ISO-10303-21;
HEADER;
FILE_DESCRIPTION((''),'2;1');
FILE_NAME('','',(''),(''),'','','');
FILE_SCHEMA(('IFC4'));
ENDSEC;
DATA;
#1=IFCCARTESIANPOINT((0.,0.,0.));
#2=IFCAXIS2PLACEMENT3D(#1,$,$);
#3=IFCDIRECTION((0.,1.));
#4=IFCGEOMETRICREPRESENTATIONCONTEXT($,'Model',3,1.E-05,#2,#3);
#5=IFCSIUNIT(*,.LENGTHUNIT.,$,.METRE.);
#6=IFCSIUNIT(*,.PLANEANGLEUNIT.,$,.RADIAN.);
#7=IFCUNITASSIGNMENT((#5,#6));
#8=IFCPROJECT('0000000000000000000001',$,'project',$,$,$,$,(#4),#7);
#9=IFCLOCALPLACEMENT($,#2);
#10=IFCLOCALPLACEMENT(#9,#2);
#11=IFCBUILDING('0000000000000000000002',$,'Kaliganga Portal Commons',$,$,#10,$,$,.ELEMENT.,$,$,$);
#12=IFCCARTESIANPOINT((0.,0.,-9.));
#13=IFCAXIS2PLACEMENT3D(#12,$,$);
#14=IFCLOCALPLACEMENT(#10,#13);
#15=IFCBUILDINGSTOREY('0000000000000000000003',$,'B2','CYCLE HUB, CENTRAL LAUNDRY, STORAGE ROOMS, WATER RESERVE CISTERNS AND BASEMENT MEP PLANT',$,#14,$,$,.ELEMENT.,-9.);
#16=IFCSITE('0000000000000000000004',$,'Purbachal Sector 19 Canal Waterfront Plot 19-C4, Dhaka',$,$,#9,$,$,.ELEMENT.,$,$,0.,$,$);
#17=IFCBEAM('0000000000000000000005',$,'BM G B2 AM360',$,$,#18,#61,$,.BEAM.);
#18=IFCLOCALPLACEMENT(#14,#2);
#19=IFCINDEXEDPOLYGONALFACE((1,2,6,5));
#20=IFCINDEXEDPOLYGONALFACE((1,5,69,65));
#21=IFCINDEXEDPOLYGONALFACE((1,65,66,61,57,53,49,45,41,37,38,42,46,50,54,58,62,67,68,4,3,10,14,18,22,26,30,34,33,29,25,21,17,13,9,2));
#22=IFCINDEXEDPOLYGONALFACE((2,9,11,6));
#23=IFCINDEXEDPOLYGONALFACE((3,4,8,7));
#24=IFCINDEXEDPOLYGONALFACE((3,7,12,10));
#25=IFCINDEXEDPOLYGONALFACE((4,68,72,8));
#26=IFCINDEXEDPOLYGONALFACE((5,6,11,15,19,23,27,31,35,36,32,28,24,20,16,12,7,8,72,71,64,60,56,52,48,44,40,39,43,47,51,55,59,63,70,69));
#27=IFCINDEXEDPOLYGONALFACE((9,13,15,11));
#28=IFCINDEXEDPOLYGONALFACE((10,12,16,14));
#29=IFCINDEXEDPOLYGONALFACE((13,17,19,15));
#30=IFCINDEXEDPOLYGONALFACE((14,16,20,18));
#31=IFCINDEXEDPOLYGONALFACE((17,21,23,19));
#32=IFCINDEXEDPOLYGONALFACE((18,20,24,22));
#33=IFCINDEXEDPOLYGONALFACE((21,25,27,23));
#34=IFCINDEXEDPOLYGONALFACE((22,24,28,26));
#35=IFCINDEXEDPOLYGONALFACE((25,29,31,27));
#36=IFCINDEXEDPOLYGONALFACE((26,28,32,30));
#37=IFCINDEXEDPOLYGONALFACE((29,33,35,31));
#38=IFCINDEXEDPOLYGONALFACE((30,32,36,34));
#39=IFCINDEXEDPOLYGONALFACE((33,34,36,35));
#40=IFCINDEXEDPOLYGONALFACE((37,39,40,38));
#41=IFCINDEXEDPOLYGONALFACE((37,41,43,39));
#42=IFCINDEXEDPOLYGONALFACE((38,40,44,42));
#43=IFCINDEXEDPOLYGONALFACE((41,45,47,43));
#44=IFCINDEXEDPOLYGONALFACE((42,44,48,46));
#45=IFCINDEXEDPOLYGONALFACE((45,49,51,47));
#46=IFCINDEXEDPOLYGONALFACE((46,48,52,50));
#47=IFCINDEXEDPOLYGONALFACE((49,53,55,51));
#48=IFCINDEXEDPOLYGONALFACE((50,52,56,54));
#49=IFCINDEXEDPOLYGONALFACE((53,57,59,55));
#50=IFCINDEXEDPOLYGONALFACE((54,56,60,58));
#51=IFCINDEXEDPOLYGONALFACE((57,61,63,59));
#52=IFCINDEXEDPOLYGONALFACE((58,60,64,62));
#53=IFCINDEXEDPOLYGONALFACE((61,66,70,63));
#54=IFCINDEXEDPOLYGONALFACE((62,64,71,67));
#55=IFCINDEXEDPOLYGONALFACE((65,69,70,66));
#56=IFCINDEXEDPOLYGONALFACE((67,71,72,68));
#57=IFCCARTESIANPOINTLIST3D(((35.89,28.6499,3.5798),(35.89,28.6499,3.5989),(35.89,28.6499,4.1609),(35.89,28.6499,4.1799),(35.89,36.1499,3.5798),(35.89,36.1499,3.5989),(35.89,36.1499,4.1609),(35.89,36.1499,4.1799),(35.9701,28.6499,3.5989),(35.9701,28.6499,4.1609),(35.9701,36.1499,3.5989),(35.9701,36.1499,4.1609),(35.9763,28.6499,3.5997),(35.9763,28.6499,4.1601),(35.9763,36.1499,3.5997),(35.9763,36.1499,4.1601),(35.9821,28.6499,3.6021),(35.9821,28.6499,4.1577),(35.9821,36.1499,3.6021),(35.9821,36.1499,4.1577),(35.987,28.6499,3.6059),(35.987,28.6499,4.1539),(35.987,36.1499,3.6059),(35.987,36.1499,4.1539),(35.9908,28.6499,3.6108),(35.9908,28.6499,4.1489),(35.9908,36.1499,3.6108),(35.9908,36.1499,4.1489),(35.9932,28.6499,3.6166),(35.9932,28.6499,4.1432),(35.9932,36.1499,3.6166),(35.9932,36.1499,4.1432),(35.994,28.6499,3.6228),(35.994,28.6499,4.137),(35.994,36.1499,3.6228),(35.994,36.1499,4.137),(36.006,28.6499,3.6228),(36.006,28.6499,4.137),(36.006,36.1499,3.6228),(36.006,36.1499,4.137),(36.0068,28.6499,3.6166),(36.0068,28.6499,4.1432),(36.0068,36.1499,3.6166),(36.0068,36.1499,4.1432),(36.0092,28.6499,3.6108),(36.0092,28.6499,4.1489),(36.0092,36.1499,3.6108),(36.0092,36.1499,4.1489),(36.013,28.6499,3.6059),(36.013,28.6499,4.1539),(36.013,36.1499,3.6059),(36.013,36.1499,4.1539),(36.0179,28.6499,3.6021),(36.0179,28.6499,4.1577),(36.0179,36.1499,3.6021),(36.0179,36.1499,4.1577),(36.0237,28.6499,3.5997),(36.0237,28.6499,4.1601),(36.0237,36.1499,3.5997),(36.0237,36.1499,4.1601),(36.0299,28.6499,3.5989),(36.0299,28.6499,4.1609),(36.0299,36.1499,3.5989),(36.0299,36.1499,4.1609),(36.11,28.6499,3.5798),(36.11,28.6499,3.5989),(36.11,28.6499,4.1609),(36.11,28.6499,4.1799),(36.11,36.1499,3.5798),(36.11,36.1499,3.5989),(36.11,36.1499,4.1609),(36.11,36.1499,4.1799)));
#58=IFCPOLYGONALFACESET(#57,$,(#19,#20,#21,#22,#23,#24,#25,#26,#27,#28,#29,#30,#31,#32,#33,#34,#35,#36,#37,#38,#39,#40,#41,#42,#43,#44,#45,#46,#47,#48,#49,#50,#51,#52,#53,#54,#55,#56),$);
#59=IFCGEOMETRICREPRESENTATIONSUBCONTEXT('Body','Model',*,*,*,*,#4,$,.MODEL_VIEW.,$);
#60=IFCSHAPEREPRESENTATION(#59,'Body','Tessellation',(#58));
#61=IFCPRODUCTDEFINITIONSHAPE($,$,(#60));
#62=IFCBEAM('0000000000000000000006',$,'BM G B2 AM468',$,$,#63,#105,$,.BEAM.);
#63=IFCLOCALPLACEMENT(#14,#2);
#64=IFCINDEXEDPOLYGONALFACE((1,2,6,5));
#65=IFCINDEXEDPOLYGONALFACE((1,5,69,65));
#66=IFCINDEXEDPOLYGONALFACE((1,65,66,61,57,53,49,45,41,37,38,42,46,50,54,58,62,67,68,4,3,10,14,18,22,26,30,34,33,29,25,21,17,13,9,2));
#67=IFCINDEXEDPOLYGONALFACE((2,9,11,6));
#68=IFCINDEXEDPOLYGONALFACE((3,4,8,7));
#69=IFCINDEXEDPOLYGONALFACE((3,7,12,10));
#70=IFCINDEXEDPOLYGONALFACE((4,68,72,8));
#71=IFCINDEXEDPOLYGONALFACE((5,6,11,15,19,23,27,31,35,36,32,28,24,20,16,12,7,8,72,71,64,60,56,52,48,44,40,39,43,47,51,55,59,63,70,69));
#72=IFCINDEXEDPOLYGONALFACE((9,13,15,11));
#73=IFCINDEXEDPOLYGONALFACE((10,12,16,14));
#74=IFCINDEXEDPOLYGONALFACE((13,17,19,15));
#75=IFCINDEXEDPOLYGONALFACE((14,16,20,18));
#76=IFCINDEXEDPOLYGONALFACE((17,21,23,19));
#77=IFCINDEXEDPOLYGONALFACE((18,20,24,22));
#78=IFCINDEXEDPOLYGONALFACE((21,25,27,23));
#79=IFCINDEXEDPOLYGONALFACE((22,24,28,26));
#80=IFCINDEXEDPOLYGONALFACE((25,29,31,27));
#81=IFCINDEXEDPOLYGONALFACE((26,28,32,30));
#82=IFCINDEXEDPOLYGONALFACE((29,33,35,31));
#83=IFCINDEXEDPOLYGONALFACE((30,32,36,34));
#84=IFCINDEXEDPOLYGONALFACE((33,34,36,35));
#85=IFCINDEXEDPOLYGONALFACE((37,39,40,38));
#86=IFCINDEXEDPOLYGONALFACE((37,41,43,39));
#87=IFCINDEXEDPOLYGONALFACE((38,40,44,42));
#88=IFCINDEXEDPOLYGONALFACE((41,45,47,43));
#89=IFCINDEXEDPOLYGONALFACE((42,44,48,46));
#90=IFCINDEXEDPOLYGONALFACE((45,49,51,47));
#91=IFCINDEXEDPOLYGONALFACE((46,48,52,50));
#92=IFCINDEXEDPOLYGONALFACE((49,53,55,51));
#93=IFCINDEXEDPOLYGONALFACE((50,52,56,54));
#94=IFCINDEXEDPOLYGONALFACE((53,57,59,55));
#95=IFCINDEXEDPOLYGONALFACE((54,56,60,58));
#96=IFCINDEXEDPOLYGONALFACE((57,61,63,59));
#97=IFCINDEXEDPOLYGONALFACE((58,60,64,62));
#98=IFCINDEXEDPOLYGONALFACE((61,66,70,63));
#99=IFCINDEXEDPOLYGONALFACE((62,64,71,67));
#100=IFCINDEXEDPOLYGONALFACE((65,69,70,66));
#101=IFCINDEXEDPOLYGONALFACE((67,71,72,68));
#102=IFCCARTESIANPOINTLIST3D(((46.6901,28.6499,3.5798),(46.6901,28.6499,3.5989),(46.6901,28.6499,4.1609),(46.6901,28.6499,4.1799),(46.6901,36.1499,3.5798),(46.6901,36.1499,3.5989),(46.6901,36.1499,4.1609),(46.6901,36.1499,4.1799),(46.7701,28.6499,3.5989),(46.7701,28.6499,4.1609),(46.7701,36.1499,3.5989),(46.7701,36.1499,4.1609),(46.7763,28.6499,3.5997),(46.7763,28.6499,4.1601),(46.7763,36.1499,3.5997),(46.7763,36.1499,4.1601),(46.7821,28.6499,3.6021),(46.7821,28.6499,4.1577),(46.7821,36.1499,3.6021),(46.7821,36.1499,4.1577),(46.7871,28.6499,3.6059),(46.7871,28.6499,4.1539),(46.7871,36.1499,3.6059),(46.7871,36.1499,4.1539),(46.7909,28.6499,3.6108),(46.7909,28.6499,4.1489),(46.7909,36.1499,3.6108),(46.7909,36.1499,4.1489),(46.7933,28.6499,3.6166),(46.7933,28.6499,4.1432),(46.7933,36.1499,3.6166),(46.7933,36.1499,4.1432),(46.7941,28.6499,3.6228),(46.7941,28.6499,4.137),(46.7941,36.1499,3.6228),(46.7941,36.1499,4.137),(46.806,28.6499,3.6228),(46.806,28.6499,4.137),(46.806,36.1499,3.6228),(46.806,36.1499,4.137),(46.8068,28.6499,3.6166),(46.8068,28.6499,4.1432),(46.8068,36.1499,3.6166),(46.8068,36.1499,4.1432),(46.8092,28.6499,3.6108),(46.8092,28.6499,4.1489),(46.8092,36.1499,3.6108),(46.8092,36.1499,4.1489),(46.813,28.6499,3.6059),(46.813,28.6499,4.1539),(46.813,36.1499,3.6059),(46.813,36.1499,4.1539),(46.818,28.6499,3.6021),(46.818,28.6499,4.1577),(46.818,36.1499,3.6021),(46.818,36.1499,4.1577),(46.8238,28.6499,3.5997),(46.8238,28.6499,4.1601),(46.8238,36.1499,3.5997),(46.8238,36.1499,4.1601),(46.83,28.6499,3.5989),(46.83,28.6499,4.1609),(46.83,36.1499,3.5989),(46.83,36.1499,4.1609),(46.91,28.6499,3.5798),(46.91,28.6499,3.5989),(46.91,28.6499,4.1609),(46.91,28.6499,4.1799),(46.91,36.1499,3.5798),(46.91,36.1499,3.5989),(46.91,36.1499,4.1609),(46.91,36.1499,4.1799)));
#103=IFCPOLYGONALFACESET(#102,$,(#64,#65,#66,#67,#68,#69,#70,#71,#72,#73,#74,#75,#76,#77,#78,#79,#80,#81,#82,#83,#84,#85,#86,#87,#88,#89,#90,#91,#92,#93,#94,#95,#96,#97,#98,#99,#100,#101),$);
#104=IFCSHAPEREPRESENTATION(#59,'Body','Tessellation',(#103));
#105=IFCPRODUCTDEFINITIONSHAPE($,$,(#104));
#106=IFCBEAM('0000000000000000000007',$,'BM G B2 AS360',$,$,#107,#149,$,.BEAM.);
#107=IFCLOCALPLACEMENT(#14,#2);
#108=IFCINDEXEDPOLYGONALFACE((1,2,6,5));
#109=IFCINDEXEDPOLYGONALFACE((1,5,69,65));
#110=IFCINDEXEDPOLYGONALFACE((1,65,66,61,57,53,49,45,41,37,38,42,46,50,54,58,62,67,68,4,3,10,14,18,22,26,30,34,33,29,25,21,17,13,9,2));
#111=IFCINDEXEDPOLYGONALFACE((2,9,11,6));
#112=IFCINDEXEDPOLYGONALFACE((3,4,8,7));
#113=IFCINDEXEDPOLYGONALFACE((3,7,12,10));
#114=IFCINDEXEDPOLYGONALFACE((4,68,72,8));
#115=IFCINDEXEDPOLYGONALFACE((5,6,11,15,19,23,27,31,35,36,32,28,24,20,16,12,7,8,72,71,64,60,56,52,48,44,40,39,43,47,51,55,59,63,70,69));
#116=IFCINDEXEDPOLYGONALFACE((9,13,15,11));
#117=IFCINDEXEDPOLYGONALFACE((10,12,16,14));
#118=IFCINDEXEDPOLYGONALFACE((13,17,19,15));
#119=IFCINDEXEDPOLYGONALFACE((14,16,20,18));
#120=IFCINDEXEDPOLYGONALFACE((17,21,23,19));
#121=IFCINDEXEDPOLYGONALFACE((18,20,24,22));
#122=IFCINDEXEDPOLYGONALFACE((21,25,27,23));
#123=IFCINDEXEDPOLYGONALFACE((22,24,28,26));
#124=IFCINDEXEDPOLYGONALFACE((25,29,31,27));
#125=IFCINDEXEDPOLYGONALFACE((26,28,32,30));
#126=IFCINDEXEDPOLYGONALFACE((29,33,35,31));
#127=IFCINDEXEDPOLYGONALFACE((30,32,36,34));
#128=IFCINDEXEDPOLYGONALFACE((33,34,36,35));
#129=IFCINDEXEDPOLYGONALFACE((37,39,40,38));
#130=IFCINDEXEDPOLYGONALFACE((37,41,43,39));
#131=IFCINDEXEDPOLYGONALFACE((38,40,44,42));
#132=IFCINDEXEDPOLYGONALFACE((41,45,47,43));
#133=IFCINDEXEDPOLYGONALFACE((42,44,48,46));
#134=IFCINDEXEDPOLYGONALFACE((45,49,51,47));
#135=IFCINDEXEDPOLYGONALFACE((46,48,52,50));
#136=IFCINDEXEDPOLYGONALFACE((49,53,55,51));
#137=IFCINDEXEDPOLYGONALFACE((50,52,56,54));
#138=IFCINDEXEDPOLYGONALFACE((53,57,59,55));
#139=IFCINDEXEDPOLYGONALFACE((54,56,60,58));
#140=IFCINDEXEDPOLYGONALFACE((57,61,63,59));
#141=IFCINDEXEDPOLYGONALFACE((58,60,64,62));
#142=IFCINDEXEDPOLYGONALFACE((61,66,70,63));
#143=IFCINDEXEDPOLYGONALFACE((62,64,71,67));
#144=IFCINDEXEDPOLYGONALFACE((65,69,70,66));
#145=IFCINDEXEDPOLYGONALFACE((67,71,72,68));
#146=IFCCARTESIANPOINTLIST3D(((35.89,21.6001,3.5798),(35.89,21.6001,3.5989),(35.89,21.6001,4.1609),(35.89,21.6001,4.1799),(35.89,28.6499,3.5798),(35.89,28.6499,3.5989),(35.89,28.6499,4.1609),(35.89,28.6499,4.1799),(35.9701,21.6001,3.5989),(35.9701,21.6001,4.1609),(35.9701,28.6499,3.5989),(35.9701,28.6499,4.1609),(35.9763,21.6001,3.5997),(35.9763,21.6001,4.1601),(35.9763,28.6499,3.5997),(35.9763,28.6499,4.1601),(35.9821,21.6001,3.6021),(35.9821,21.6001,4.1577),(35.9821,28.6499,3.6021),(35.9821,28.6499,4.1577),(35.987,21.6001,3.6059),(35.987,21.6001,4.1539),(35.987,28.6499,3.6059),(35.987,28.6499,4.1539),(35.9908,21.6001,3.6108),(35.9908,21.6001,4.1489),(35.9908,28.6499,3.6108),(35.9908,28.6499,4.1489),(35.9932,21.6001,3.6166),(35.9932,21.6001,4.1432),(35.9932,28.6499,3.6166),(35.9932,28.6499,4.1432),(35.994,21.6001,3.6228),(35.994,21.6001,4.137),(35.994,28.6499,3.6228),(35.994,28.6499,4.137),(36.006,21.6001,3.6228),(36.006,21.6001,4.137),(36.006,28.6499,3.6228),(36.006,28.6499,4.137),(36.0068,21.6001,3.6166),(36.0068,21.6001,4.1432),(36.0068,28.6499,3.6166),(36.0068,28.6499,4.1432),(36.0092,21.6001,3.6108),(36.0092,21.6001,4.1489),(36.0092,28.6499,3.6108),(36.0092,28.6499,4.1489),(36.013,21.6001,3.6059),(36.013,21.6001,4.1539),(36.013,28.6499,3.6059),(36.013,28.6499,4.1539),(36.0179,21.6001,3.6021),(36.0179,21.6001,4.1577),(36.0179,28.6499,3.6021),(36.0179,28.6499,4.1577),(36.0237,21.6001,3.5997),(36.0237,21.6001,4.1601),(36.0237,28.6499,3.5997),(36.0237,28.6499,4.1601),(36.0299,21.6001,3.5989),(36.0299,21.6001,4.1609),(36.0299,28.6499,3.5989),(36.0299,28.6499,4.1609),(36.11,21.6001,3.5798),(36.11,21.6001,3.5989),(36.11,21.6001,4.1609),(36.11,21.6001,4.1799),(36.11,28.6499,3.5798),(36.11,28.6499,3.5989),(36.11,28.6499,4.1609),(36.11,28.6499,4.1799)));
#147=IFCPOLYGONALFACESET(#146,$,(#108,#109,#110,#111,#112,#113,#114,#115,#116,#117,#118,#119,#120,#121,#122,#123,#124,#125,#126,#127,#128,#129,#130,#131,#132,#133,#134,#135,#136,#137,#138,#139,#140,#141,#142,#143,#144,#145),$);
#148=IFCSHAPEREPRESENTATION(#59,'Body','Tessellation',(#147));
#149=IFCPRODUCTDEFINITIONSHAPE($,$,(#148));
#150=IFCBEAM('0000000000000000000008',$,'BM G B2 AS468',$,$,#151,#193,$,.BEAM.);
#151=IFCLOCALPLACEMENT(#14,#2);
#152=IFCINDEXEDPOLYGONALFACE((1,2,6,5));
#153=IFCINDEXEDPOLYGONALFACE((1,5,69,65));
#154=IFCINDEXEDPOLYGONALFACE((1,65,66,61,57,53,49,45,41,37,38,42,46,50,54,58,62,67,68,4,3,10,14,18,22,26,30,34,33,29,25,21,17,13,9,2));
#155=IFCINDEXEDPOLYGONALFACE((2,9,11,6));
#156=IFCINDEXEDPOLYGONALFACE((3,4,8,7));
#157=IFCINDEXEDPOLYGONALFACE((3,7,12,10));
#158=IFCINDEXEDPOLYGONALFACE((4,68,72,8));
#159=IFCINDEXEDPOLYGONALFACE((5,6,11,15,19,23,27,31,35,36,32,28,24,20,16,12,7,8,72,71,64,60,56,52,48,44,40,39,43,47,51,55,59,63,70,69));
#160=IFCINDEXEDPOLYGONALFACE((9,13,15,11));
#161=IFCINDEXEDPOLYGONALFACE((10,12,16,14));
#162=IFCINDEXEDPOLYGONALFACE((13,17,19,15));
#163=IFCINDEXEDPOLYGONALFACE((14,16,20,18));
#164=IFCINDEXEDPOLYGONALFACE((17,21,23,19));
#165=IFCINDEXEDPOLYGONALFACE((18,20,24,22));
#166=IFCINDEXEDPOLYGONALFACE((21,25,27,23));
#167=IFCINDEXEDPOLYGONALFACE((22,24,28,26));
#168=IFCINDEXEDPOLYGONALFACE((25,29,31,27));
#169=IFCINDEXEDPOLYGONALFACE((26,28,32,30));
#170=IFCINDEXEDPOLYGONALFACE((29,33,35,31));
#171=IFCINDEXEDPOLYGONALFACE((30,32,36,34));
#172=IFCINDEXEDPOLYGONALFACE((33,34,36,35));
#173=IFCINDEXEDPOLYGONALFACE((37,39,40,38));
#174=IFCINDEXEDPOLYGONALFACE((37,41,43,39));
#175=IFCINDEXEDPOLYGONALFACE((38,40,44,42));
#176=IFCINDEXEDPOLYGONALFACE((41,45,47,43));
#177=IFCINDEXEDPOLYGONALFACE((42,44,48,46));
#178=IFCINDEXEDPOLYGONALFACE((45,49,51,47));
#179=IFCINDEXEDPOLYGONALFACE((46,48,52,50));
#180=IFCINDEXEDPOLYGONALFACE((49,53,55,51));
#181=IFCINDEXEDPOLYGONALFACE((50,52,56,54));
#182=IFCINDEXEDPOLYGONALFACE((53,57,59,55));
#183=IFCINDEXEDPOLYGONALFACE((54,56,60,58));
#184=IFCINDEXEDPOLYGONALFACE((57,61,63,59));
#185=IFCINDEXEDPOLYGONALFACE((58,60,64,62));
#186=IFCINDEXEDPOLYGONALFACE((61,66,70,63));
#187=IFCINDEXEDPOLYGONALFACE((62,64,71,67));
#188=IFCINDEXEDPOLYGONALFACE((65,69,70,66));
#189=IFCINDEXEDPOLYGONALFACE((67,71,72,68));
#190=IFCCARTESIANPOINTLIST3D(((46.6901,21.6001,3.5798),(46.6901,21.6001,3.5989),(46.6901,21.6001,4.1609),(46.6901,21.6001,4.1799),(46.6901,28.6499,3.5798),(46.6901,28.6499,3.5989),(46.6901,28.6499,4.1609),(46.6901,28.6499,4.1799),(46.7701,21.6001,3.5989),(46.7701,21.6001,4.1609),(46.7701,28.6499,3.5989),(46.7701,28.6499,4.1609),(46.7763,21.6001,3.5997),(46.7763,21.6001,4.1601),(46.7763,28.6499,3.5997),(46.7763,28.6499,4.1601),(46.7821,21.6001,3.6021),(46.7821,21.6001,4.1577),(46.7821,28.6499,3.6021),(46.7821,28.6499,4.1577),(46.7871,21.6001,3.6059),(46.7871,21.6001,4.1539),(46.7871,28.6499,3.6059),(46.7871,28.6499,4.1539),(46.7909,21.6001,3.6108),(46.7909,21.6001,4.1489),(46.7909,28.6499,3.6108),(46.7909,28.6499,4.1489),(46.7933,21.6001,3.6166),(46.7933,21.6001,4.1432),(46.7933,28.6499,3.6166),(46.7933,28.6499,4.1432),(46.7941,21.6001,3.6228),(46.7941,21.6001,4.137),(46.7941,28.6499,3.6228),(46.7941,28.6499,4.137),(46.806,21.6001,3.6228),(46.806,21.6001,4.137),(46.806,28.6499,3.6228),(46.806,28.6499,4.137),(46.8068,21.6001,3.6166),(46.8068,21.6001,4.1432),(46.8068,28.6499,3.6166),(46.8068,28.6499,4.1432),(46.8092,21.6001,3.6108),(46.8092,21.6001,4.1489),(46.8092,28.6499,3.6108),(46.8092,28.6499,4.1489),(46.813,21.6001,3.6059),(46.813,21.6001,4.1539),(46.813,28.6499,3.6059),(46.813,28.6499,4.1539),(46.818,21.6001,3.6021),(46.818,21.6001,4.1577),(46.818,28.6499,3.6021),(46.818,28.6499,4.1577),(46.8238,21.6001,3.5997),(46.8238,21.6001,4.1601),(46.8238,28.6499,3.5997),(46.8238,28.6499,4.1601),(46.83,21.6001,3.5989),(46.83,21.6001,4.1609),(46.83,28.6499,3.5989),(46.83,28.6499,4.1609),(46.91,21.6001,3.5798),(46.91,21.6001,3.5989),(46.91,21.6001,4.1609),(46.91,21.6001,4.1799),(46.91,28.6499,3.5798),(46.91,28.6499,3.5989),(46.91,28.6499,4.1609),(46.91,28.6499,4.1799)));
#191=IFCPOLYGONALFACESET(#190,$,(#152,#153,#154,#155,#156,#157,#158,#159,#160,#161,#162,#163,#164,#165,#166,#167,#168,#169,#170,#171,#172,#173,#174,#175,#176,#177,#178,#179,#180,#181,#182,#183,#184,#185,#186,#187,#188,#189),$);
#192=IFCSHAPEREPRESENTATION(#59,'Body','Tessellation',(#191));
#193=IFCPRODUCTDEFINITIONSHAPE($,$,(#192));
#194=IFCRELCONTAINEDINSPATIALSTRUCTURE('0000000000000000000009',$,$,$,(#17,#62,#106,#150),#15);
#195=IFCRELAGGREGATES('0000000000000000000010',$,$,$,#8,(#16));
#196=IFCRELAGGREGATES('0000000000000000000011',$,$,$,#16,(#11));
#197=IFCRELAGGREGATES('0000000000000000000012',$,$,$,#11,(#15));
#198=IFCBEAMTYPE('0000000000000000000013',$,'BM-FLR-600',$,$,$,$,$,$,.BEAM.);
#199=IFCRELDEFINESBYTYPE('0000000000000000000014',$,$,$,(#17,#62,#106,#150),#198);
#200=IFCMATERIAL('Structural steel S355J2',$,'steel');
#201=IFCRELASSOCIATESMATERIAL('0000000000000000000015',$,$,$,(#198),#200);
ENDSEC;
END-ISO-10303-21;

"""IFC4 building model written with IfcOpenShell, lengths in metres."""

from ifc_helpers import new_model, si_unit, direction, frame, origin, origin_2d, place, context, subcontext, project, spatial, i_section, extrude, source, transform, mapped, material, material_profile, profile_set, type_object, element, save


model = new_model("IFC4")

# Units and contexts
model_context = context("Model", 3, precision=1e-05, world=origin(), true_north=direction((0.0, 1.0)))
body_context = subcontext(model_context, "Body", "Model", "MODEL_VIEW")
ifc_project = project(units=[si_unit("LENGTHUNIT", "METRE"), si_unit("PLANEANGLEUNIT", "RADIAN")], contexts=[model_context])

# Site, building, storey
site_placement = place(None, origin())
site = spatial("IfcSite", under=ifc_project, at=site_placement, Name="Purbachal Sector 19 Canal Waterfront Plot 19-C4, Dhaka", CompositionType="ELEMENT", RefElevation=0.0)
building_placement = place(site_placement, origin())
building = spatial("IfcBuilding", under=site, at=building_placement, Name="Kaliganga Portal Commons", CompositionType="ELEMENT")
storey_placement = place(building_placement, frame((0.0, 0.0, -9.0)))
storey = spatial("IfcBuildingStorey", under=building, at=storey_placement, Name="B2", Description="CYCLE HUB, CENTRAL LAUNDRY, STORAGE ROOMS, WATER RESERVE CISTERNS AND BASEMENT MEP PLANT", CompositionType="ELEMENT", Elevation=-9.0)

# Beams
ifc_material_1 = material(Name="Structural steel S355J2", Category="steel")
ifc_material_profile_1 = material_profile(ifc_material_1, i_section(OverallWidth=0.22, OverallDepth=0.6001, WebThickness=0.012, FlangeThickness=0.019, FilletRadius=0.0239, at=origin_2d()), Name="IPE 600")
ifc_profile_set_1 = profile_set([ifc_material_profile_1], Name="Structural steel S355J2 wide-flange")
beam_type_1 = type_object("IfcBeamType", Name="BM-FLR-600", PredefinedType="BEAM", material=ifc_profile_set_1)
shared_shape_1 = source(origin(), body_context, "Body", "SweptSolid", [
    extrude(i_section(OverallWidth=0.22, OverallDepth=0.6001, WebThickness=0.012, FlangeThickness=0.019, FilletRadius=0.0239, at=origin_2d()), origin(), (0.0, 0.0, 1.0), 7.5),
])
for number, where, z_axis, x_axis, name in (
    (1, (36.0, 28.6499, 3.8799), (0.0, 1.0, 0.0), (-1.0, 0.0, 0.0), "BM G B2 AM360"),
    (2, (46.8, 28.6499, 3.8799), (0.0, 1.0, 0.0), (-1.0, 0.0, 0.0), "BM G B2 AM468"),
):
    element("IfcBeam", number, at=place(storey_placement, frame(where, z_axis=z_axis, x_axis=x_axis)), inside=storey, type_object=beam_type_1, Name=name, PredefinedType="BEAM", context=body_context, shape_type="MappedRepresentation", body=[
        mapped(shared_shape_1, transform((0.0, 0.0, 0.0), x_axis=(1.0, 0.0, 0.0), y_axis=(0.0, 1.0, 0.0), z_axis=(0.0, 0.0, 1.0), scale=1.0)),
    ])
shared_shape_2 = source(origin(), body_context, "Body", "SweptSolid", [
    extrude(i_section(OverallWidth=0.22, OverallDepth=0.6001, WebThickness=0.012, FlangeThickness=0.019, FilletRadius=0.0239, at=origin_2d()), origin(), (0.0, 0.0, 1.0), 7.0498),
])
for number, where, z_axis, x_axis, name in (
    (3, (36.0, 21.6001, 3.8799), (0.0, 1.0, 0.0), (-1.0, 0.0, 0.0), "BM G B2 AS360"),
    (4, (46.8, 21.6001, 3.8799), (0.0, 1.0, 0.0), (-1.0, 0.0, 0.0), "BM G B2 AS468"),
):
    element("IfcBeam", number, at=place(storey_placement, frame(where, z_axis=z_axis, x_axis=x_axis)), inside=storey, type_object=beam_type_1, Name=name, PredefinedType="BEAM", context=body_context, shape_type="MappedRepresentation", body=[
        mapped(shared_shape_2, transform((0.0, 0.0, 0.0), x_axis=(1.0, 0.0, 0.0), y_axis=(0.0, 1.0, 0.0), z_axis=(0.0, 0.0, 1.0), scale=1.0)),
    ])

save(model, "model.ifc")
